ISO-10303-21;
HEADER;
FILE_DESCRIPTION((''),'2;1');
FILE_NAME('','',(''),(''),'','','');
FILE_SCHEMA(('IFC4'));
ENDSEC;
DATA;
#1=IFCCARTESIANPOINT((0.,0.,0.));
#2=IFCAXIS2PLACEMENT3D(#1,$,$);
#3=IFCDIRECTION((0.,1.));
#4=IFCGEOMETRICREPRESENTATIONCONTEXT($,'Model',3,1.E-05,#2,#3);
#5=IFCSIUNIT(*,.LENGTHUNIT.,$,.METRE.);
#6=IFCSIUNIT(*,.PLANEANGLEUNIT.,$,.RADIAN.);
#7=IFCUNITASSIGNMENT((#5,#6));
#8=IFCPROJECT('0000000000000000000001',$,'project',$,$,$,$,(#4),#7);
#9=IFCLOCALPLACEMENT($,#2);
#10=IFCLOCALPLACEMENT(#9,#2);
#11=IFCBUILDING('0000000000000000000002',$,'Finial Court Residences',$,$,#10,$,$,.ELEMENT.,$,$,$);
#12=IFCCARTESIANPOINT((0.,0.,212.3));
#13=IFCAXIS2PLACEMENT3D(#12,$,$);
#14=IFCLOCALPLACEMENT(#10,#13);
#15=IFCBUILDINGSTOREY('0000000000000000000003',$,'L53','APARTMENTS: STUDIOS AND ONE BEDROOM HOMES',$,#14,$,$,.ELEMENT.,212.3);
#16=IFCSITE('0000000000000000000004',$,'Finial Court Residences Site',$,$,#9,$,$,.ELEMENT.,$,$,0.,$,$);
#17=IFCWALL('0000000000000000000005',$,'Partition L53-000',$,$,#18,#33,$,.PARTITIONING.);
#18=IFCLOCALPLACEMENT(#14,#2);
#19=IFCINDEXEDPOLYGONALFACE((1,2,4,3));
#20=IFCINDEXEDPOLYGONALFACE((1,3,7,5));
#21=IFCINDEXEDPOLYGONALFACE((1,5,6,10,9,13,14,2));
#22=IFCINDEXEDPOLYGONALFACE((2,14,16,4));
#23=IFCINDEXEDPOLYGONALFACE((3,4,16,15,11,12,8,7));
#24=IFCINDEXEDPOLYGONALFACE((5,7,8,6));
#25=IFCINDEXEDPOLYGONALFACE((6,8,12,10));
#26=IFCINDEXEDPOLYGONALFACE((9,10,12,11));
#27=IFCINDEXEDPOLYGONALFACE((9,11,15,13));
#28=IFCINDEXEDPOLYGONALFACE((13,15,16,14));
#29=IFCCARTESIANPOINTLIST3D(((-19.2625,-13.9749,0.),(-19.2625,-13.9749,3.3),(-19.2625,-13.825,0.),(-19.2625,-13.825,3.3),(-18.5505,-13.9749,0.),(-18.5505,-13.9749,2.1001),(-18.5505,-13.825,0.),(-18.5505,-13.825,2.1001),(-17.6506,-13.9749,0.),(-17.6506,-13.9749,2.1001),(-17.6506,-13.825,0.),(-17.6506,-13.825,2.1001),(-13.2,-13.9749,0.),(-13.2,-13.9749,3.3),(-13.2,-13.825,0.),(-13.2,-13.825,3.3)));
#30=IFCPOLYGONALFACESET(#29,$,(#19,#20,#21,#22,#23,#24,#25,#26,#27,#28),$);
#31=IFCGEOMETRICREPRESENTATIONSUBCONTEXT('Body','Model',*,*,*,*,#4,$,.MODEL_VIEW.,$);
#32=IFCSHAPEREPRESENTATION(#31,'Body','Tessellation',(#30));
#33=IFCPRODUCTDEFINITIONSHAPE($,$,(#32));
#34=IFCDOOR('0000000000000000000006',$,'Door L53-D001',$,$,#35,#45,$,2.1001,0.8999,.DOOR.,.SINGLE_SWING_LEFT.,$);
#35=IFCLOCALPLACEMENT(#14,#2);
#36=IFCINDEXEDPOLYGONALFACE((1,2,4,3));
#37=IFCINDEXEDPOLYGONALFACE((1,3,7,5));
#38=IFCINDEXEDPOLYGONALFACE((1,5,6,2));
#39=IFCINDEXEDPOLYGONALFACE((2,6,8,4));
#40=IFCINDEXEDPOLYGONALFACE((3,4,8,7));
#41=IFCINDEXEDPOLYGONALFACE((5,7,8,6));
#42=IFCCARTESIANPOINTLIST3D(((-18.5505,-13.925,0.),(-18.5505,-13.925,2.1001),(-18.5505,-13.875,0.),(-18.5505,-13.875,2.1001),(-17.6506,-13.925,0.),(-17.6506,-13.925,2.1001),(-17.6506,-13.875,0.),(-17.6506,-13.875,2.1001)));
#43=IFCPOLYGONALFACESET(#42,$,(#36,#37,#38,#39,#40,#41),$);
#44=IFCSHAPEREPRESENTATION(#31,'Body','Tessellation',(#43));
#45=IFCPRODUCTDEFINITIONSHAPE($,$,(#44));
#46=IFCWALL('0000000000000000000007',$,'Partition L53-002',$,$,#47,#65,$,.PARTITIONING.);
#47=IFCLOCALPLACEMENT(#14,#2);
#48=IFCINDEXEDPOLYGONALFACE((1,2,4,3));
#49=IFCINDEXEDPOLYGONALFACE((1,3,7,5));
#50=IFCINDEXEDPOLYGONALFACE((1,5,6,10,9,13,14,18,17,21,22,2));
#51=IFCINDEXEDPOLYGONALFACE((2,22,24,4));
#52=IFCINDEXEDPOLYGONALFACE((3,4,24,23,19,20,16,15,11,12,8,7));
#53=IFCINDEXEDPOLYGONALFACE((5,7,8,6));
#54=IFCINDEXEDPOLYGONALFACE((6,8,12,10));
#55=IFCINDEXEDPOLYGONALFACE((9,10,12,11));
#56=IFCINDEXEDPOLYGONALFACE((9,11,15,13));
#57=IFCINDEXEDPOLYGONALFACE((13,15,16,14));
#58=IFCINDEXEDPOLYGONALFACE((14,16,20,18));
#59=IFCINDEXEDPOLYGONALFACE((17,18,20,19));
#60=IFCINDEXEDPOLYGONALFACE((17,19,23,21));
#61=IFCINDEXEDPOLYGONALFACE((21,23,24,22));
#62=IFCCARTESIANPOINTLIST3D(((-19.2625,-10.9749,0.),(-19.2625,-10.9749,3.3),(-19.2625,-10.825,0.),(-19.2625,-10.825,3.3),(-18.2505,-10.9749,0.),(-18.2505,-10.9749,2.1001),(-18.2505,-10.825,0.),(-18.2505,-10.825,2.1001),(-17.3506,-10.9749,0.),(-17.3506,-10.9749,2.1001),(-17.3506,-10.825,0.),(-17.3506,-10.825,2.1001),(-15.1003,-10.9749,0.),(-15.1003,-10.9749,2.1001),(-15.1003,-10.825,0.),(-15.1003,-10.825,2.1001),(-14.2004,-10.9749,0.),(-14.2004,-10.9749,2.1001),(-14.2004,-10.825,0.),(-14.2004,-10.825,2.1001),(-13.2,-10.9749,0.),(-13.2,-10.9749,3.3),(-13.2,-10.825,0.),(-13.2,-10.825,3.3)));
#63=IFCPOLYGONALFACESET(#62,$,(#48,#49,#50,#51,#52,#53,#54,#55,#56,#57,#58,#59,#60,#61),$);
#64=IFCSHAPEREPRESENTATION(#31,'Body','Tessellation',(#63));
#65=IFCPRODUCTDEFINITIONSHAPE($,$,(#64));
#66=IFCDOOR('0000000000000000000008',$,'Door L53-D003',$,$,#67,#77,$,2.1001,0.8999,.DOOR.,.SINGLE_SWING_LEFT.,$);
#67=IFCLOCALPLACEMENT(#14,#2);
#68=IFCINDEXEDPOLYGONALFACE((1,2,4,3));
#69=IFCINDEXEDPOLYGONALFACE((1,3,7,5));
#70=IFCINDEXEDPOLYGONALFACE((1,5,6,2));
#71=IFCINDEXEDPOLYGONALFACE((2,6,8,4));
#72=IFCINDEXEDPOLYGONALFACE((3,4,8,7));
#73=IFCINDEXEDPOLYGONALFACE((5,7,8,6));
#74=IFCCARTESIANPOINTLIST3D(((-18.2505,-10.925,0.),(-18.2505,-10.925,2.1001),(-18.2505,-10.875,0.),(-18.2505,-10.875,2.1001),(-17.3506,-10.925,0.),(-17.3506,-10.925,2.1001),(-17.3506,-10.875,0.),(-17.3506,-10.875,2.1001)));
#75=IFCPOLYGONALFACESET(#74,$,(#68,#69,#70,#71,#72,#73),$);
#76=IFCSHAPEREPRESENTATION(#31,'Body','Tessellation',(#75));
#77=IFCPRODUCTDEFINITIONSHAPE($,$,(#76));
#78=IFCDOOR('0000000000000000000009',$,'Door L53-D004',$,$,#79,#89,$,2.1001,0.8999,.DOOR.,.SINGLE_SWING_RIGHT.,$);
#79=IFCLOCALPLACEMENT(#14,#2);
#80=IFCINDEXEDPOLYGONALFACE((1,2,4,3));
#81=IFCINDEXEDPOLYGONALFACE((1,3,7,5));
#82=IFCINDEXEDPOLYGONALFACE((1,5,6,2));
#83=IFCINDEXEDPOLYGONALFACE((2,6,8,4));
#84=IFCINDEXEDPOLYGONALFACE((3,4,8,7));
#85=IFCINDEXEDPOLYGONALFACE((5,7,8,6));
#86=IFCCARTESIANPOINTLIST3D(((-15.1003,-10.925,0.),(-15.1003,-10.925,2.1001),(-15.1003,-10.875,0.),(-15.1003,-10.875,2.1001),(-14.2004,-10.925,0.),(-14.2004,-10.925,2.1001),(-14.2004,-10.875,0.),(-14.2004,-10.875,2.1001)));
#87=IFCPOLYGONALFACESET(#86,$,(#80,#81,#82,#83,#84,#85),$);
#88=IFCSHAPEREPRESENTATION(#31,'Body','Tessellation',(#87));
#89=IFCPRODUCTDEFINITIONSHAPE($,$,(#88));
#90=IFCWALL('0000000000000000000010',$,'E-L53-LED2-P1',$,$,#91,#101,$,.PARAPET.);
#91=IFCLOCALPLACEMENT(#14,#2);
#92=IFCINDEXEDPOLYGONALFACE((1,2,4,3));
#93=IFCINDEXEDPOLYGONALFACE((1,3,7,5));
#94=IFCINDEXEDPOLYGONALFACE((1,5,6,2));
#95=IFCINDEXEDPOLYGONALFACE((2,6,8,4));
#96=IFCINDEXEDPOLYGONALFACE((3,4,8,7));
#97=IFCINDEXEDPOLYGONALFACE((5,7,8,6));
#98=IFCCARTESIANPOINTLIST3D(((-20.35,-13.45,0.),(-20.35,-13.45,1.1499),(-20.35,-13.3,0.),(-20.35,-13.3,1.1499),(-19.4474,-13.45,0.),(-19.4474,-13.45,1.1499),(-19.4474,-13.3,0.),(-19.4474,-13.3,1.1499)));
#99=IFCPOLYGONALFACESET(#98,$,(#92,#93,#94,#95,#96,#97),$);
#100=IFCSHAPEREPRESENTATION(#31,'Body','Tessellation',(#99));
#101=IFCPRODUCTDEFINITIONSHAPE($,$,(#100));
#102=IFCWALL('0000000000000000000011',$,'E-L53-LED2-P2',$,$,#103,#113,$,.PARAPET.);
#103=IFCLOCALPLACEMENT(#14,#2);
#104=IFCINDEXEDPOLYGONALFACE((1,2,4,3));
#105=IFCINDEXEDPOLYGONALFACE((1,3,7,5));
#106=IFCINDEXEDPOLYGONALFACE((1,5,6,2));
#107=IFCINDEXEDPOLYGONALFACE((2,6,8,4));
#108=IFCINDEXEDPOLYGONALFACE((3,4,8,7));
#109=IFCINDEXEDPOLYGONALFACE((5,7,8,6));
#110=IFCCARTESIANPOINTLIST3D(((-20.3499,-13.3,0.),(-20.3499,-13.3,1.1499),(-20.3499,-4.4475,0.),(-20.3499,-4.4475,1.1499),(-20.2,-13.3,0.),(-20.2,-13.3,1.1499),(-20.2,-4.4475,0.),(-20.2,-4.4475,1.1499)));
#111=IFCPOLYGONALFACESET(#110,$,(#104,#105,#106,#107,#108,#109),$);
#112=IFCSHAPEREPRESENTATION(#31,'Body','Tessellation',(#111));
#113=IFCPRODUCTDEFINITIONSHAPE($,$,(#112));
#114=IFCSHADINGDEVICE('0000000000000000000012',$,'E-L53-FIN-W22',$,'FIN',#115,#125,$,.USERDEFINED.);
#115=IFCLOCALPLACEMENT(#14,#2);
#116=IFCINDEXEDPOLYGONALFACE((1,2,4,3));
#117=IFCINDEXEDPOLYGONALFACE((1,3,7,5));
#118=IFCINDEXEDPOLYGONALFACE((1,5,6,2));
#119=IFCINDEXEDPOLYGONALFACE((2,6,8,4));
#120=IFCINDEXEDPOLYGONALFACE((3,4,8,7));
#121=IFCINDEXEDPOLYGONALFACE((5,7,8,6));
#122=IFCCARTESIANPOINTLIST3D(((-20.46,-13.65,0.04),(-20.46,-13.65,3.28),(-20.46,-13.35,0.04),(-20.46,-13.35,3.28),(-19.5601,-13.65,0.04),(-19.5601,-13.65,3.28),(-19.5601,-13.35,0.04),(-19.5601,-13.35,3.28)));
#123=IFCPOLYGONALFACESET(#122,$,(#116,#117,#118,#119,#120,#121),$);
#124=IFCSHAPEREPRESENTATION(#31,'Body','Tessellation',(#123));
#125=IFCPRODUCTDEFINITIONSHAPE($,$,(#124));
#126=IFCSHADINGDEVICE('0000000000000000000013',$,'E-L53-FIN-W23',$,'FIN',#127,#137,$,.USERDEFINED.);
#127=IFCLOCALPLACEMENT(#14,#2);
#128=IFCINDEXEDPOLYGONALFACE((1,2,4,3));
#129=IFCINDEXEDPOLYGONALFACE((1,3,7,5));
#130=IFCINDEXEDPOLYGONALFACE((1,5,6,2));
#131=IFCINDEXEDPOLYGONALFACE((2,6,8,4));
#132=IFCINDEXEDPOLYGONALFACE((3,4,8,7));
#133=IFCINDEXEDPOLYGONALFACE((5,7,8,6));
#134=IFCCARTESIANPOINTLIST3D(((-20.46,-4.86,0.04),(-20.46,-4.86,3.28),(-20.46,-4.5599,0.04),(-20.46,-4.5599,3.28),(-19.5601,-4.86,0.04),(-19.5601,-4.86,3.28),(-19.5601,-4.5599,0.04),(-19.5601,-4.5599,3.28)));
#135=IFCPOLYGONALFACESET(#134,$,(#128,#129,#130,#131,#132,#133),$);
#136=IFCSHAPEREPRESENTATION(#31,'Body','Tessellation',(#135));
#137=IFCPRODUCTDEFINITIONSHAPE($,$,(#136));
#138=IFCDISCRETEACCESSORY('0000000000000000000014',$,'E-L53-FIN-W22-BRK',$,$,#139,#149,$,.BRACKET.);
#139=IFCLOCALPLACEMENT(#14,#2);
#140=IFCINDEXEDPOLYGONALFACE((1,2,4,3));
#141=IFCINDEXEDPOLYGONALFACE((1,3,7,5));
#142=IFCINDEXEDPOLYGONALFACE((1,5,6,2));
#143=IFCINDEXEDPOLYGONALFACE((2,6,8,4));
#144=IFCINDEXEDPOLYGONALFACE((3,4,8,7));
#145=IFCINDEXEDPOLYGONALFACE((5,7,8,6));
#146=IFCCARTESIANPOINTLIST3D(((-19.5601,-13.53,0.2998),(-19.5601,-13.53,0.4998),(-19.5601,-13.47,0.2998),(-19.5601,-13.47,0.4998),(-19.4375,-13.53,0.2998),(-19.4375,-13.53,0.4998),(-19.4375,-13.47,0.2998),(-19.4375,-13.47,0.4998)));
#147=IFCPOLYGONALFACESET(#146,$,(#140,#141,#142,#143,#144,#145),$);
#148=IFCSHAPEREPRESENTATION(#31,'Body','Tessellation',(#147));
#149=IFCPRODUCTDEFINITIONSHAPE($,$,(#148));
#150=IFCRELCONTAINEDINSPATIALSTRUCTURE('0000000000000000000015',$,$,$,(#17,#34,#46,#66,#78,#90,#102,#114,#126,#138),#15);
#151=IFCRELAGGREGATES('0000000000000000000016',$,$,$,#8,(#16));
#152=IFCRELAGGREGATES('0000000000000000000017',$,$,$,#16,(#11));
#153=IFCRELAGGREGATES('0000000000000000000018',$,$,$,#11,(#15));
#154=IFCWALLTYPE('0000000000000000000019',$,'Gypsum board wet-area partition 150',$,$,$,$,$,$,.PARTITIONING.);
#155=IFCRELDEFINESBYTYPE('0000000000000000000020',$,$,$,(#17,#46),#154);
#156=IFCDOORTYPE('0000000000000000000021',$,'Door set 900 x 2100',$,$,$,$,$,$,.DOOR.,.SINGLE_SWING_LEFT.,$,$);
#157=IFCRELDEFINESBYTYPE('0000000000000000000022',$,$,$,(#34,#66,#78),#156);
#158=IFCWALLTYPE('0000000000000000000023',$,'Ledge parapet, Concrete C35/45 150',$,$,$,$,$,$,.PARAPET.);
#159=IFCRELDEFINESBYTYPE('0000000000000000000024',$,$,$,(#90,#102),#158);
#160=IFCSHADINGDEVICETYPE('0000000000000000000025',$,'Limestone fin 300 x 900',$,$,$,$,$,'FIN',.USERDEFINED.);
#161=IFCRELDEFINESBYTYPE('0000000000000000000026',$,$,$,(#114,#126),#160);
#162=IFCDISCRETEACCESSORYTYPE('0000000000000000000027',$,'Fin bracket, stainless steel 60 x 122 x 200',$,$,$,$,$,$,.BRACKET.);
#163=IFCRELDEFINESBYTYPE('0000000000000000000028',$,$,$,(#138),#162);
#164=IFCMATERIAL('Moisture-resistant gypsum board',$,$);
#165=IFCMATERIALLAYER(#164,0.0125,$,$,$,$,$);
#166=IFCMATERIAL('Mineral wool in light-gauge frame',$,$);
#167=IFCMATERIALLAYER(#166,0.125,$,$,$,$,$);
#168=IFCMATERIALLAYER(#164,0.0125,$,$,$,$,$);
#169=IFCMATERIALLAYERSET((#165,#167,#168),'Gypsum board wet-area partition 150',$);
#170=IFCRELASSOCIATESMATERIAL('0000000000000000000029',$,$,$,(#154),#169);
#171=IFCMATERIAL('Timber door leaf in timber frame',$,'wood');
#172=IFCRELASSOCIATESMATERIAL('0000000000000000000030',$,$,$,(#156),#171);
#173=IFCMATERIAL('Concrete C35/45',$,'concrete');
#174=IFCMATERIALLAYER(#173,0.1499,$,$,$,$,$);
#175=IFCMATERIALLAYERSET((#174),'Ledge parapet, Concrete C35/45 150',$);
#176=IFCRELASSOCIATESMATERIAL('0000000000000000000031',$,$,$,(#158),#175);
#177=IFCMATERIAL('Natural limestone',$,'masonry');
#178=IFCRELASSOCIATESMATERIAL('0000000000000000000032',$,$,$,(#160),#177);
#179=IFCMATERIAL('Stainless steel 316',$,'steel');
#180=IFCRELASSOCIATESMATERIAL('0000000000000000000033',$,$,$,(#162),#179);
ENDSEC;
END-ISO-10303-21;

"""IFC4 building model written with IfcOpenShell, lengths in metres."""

from ifc_helpers import new_model, si_unit, direction, frame, frame_2d, origin, origin_2d, place, context, subcontext, project, spatial, rectangle, extrude, material, layer, layer_set, type_object, element, fill, save


model = new_model("IFC4")

# Units and contexts
model_context = context("Model", 3, precision=1e-05, world=origin(), true_north=direction((0.0, 1.0)))
body_context = subcontext(model_context, "Body", "Model", "MODEL_VIEW")
ifc_project = project(units=[si_unit("LENGTHUNIT", "METRE"), si_unit("PLANEANGLEUNIT", "RADIAN")], contexts=[model_context])

# Site, building, storey
site_placement = place(None, origin())
site = spatial("IfcSite", under=ifc_project, at=site_placement, Name="Finial Court Residences Site", CompositionType="ELEMENT", RefElevation=0.0)
building_placement = place(site_placement, origin())
building = spatial("IfcBuilding", under=site, at=building_placement, Name="Finial Court Residences", CompositionType="ELEMENT")
storey_placement = place(building_placement, frame((0.0, 0.0, 212.3)))
storey = spatial("IfcBuildingStorey", under=building, at=storey_placement, Name="L53", Description="APARTMENTS: STUDIOS AND ONE BEDROOM HOMES", CompositionType="ELEMENT", Elevation=212.3)

# Wall, opening, door
ifc_material_1 = material(Name="Moisture-resistant gypsum board")
ifc_layer_1 = layer(ifc_material_1, 0.0125)
ifc_material_2 = material(Name="Mineral wool in light-gauge frame")
ifc_layer_2 = layer(ifc_material_2, 0.125)
ifc_layer_3 = layer(ifc_material_1, 0.0125)
ifc_layer_set_1 = layer_set([ifc_layer_1, ifc_layer_2, ifc_layer_3], Name="Gypsum board wet-area partition 150")
wall_type_1 = type_object("IfcWallType", Name="Gypsum board wet-area partition 150", PredefinedType="PARTITIONING", material=ifc_layer_set_1)
wall_1_placement = place(storey_placement, frame((-19.2625, -13.8999, 0.0), z_axis=(0.0, 0.0, 1.0), x_axis=(1.0, 0.0, 0.0)))
wall_1 = element("IfcWall", 1, at=wall_1_placement, inside=storey, type_object=wall_type_1, Name="Partition L53-000", PredefinedType="PARTITIONING", context=body_context, shape_type="SweptSolid", body=[
    extrude(rectangle(XDim=6.0625, YDim=0.1499, at=frame_2d((3.0312, 0.0))), origin(), (0.0, 0.0, 1.0), 3.3),
])
opening_1_placement = place(wall_1_placement, frame((0.7119, 0.0, 0.0)))
opening_1 = element("IfcOpeningElement", 2, at=opening_1_placement, cuts=wall_1, PredefinedType="OPENING", context=body_context, shape_type="SweptSolid", body=[
    extrude(rectangle(XDim=0.8999, YDim=2.1001, at=frame_2d((0.45, 1.05))), frame((0.0, 0.085, 0.0), z_axis=(0.0, -1.0, 0.0), x_axis=(1.0, 0.0, 0.0)), (0.0, 0.0, 1.0), 0.1699),
])
ifc_material_3 = material(Name="Timber door leaf in timber frame", Category="wood")
door_type_1 = type_object("IfcDoorType", Name="Door set 900 x 2100", OperationType="SINGLE_SWING_LEFT", PredefinedType="DOOR", material=ifc_material_3)
door_1_placement = place(opening_1_placement, origin())
door_1 = element("IfcDoor", 3, at=door_1_placement, inside=storey, type_object=door_type_1, Name="Door L53-D001", OperationType="SINGLE_SWING_LEFT", OverallHeight=2.1001, OverallWidth=0.8999, PredefinedType="DOOR", context=body_context, shape_type="SweptSolid", body=[
    extrude(rectangle(XDim=0.8999, YDim=2.1001, at=frame_2d((0.45, 1.05))), frame((0.0, 0.0249, 0.0), z_axis=(0.0, -1.0, 0.0), x_axis=(1.0, 0.0, 0.0)), (0.0, 0.0, 1.0), 0.05),
])
fill(opening_1, door_1)

# Wall, openings, doors
wall_2_placement = place(storey_placement, frame((-19.2625, -10.8999, 0.0), z_axis=(0.0, 0.0, 1.0), x_axis=(1.0, 0.0, 0.0)))
wall_2 = element("IfcWall", 4, at=wall_2_placement, inside=storey, type_object=wall_type_1, Name="Partition L53-002", PredefinedType="PARTITIONING", context=body_context, shape_type="SweptSolid", body=[
    extrude(rectangle(XDim=6.0625, YDim=0.1499, at=frame_2d((3.0312, 0.0))), origin(), (0.0, 0.0, 1.0), 3.3),
])
opening_2_placement = place(wall_2_placement, frame((1.012, 0.0, 0.0)))
opening_2 = element("IfcOpeningElement", 5, at=opening_2_placement, cuts=wall_2, PredefinedType="OPENING", context=body_context, shape_type="SweptSolid", body=[
    extrude(rectangle(XDim=0.8999, YDim=2.1001, at=frame_2d((0.45, 1.05))), frame((0.0, 0.085, 0.0), z_axis=(0.0, -1.0, 0.0), x_axis=(1.0, 0.0, 0.0)), (0.0, 0.0, 1.0), 0.1699),
])
opening_3_placement = place(wall_2_placement, frame((4.1621, 0.0, 0.0)))
opening_3 = element("IfcOpeningElement", 6, at=opening_3_placement, cuts=wall_2, PredefinedType="OPENING", context=body_context, shape_type="SweptSolid", body=[
    extrude(rectangle(XDim=0.8999, YDim=2.1001, at=frame_2d((0.45, 1.05))), frame((0.0, 0.085, 0.0), z_axis=(0.0, -1.0, 0.0), x_axis=(1.0, 0.0, 0.0)), (0.0, 0.0, 1.0), 0.1699),
])
door_2_placement = place(opening_2_placement, origin())
door_2 = element("IfcDoor", 7, at=door_2_placement, inside=storey, type_object=door_type_1, Name="Door L53-D003", OperationType="SINGLE_SWING_LEFT", OverallHeight=2.1001, OverallWidth=0.8999, PredefinedType="DOOR", context=body_context, shape_type="SweptSolid", body=[
    extrude(rectangle(XDim=0.8999, YDim=2.1001, at=frame_2d((0.45, 1.05))), frame((0.0, 0.0249, 0.0), z_axis=(0.0, -1.0, 0.0), x_axis=(1.0, 0.0, 0.0)), (0.0, 0.0, 1.0), 0.05),
])
fill(opening_2, door_2)
door_3_placement = place(opening_3_placement, origin())
door_3 = element("IfcDoor", 8, at=door_3_placement, inside=storey, type_object=door_type_1, Name="Door L53-D004", OperationType="SINGLE_SWING_RIGHT", OverallHeight=2.1001, OverallWidth=0.8999, PredefinedType="DOOR", context=body_context, shape_type="SweptSolid", body=[
    extrude(rectangle(XDim=0.8999, YDim=2.1001, at=frame_2d((0.45, 1.05))), frame((0.0, 0.0249, 0.0), z_axis=(0.0, -1.0, 0.0), x_axis=(1.0, 0.0, 0.0)), (0.0, 0.0, 1.0), 0.05),
])
fill(opening_3, door_3)

# Walls
ifc_material_4 = material(Name="Concrete C35/45", Category="concrete")
ifc_layer_4 = layer(ifc_material_4, 0.1499)
ifc_layer_set_2 = layer_set([ifc_layer_4], Name="Ledge parapet, Concrete C35/45 150")
wall_type_2 = type_object("IfcWallType", Name="Ledge parapet, Concrete C35/45 150", PredefinedType="PARAPET", material=ifc_layer_set_2)
wall_3_placement = place(storey_placement, frame((-19.4475, -13.375, 0.0), z_axis=(0.0, 0.0, 1.0), x_axis=(-1.0, 0.0, 0.0)))
element("IfcWall", 9, at=wall_3_placement, inside=storey, type_object=wall_type_2, Name="E-L53-LED2-P1", PredefinedType="PARAPET", context=body_context, shape_type="SweptSolid", body=[
    extrude(rectangle(XDim=0.9026, YDim=0.1499, at=frame_2d((0.4512, 0.0))), origin(), (0.0, 0.0, 1.0), 1.1499),
])
wall_4_placement = place(storey_placement, frame((-20.2749, -13.3, 0.0), z_axis=(0.0, 0.0, 1.0), x_axis=(0.0, 1.0, 0.0)))
element("IfcWall", 10, at=wall_4_placement, inside=storey, type_object=wall_type_2, Name="E-L53-LED2-P2", PredefinedType="PARAPET", context=body_context, shape_type="SweptSolid", body=[
    extrude(rectangle(XDim=8.8525, YDim=0.1499, at=frame_2d((4.4263, 0.0))), origin(), (0.0, 0.0, 1.0), 1.1499),
])

# Shading devices
ifc_material_5 = material(Name="Natural limestone", Category="masonry")
shading_device_type = type_object("IfcShadingDeviceType", Name="Limestone fin 300 x 900", ElementType="FIN", PredefinedType="USERDEFINED", material=ifc_material_5)
for number, where, z_axis, x_axis, name in (
    (11, (-20.01, -13.5, 0.04), (0.0, 0.0, 1.0), (1.0, 0.0, 0.0), "E-L53-FIN-W22"),
    (12, (-20.01, -4.71, 0.04), (0.0, 0.0, 1.0), (1.0, 0.0, 0.0), "E-L53-FIN-W23"),
):
    element("IfcShadingDevice", number, at=place(storey_placement, frame(where, z_axis=z_axis, x_axis=x_axis)), inside=storey, type_object=shading_device_type, Name=name, ObjectType="FIN", PredefinedType="USERDEFINED", context=body_context, shape_type="SweptSolid", body=[
        extrude(rectangle(XDim=0.8999, YDim=0.3, at=origin_2d()), origin(), (0.0, 0.0, 1.0), 3.24),
    ])

# Discrete accessory
ifc_material_6 = material(Name="Stainless steel 316", Category="steel")
discrete_accessory_type = type_object("IfcDiscreteAccessoryType", Name="Fin bracket, stainless steel 60 x 122 x 200", PredefinedType="BRACKET", material=ifc_material_6)
discrete_accessory_placement = place(storey_placement, frame((-19.4988, -13.5, 0.2998), z_axis=(0.0, 0.0, 1.0), x_axis=(1.0, 0.0, 0.0)))
element("IfcDiscreteAccessory", 13, at=discrete_accessory_placement, inside=storey, type_object=discrete_accessory_type, Name="E-L53-FIN-W22-BRK", PredefinedType="BRACKET", context=body_context, shape_type="SweptSolid", body=[
    extrude(rectangle(XDim=0.1226, YDim=0.0601, at=origin_2d()), origin(), (0.0, 0.0, 1.0), 0.2),
])

save(model, "model.ifc")
